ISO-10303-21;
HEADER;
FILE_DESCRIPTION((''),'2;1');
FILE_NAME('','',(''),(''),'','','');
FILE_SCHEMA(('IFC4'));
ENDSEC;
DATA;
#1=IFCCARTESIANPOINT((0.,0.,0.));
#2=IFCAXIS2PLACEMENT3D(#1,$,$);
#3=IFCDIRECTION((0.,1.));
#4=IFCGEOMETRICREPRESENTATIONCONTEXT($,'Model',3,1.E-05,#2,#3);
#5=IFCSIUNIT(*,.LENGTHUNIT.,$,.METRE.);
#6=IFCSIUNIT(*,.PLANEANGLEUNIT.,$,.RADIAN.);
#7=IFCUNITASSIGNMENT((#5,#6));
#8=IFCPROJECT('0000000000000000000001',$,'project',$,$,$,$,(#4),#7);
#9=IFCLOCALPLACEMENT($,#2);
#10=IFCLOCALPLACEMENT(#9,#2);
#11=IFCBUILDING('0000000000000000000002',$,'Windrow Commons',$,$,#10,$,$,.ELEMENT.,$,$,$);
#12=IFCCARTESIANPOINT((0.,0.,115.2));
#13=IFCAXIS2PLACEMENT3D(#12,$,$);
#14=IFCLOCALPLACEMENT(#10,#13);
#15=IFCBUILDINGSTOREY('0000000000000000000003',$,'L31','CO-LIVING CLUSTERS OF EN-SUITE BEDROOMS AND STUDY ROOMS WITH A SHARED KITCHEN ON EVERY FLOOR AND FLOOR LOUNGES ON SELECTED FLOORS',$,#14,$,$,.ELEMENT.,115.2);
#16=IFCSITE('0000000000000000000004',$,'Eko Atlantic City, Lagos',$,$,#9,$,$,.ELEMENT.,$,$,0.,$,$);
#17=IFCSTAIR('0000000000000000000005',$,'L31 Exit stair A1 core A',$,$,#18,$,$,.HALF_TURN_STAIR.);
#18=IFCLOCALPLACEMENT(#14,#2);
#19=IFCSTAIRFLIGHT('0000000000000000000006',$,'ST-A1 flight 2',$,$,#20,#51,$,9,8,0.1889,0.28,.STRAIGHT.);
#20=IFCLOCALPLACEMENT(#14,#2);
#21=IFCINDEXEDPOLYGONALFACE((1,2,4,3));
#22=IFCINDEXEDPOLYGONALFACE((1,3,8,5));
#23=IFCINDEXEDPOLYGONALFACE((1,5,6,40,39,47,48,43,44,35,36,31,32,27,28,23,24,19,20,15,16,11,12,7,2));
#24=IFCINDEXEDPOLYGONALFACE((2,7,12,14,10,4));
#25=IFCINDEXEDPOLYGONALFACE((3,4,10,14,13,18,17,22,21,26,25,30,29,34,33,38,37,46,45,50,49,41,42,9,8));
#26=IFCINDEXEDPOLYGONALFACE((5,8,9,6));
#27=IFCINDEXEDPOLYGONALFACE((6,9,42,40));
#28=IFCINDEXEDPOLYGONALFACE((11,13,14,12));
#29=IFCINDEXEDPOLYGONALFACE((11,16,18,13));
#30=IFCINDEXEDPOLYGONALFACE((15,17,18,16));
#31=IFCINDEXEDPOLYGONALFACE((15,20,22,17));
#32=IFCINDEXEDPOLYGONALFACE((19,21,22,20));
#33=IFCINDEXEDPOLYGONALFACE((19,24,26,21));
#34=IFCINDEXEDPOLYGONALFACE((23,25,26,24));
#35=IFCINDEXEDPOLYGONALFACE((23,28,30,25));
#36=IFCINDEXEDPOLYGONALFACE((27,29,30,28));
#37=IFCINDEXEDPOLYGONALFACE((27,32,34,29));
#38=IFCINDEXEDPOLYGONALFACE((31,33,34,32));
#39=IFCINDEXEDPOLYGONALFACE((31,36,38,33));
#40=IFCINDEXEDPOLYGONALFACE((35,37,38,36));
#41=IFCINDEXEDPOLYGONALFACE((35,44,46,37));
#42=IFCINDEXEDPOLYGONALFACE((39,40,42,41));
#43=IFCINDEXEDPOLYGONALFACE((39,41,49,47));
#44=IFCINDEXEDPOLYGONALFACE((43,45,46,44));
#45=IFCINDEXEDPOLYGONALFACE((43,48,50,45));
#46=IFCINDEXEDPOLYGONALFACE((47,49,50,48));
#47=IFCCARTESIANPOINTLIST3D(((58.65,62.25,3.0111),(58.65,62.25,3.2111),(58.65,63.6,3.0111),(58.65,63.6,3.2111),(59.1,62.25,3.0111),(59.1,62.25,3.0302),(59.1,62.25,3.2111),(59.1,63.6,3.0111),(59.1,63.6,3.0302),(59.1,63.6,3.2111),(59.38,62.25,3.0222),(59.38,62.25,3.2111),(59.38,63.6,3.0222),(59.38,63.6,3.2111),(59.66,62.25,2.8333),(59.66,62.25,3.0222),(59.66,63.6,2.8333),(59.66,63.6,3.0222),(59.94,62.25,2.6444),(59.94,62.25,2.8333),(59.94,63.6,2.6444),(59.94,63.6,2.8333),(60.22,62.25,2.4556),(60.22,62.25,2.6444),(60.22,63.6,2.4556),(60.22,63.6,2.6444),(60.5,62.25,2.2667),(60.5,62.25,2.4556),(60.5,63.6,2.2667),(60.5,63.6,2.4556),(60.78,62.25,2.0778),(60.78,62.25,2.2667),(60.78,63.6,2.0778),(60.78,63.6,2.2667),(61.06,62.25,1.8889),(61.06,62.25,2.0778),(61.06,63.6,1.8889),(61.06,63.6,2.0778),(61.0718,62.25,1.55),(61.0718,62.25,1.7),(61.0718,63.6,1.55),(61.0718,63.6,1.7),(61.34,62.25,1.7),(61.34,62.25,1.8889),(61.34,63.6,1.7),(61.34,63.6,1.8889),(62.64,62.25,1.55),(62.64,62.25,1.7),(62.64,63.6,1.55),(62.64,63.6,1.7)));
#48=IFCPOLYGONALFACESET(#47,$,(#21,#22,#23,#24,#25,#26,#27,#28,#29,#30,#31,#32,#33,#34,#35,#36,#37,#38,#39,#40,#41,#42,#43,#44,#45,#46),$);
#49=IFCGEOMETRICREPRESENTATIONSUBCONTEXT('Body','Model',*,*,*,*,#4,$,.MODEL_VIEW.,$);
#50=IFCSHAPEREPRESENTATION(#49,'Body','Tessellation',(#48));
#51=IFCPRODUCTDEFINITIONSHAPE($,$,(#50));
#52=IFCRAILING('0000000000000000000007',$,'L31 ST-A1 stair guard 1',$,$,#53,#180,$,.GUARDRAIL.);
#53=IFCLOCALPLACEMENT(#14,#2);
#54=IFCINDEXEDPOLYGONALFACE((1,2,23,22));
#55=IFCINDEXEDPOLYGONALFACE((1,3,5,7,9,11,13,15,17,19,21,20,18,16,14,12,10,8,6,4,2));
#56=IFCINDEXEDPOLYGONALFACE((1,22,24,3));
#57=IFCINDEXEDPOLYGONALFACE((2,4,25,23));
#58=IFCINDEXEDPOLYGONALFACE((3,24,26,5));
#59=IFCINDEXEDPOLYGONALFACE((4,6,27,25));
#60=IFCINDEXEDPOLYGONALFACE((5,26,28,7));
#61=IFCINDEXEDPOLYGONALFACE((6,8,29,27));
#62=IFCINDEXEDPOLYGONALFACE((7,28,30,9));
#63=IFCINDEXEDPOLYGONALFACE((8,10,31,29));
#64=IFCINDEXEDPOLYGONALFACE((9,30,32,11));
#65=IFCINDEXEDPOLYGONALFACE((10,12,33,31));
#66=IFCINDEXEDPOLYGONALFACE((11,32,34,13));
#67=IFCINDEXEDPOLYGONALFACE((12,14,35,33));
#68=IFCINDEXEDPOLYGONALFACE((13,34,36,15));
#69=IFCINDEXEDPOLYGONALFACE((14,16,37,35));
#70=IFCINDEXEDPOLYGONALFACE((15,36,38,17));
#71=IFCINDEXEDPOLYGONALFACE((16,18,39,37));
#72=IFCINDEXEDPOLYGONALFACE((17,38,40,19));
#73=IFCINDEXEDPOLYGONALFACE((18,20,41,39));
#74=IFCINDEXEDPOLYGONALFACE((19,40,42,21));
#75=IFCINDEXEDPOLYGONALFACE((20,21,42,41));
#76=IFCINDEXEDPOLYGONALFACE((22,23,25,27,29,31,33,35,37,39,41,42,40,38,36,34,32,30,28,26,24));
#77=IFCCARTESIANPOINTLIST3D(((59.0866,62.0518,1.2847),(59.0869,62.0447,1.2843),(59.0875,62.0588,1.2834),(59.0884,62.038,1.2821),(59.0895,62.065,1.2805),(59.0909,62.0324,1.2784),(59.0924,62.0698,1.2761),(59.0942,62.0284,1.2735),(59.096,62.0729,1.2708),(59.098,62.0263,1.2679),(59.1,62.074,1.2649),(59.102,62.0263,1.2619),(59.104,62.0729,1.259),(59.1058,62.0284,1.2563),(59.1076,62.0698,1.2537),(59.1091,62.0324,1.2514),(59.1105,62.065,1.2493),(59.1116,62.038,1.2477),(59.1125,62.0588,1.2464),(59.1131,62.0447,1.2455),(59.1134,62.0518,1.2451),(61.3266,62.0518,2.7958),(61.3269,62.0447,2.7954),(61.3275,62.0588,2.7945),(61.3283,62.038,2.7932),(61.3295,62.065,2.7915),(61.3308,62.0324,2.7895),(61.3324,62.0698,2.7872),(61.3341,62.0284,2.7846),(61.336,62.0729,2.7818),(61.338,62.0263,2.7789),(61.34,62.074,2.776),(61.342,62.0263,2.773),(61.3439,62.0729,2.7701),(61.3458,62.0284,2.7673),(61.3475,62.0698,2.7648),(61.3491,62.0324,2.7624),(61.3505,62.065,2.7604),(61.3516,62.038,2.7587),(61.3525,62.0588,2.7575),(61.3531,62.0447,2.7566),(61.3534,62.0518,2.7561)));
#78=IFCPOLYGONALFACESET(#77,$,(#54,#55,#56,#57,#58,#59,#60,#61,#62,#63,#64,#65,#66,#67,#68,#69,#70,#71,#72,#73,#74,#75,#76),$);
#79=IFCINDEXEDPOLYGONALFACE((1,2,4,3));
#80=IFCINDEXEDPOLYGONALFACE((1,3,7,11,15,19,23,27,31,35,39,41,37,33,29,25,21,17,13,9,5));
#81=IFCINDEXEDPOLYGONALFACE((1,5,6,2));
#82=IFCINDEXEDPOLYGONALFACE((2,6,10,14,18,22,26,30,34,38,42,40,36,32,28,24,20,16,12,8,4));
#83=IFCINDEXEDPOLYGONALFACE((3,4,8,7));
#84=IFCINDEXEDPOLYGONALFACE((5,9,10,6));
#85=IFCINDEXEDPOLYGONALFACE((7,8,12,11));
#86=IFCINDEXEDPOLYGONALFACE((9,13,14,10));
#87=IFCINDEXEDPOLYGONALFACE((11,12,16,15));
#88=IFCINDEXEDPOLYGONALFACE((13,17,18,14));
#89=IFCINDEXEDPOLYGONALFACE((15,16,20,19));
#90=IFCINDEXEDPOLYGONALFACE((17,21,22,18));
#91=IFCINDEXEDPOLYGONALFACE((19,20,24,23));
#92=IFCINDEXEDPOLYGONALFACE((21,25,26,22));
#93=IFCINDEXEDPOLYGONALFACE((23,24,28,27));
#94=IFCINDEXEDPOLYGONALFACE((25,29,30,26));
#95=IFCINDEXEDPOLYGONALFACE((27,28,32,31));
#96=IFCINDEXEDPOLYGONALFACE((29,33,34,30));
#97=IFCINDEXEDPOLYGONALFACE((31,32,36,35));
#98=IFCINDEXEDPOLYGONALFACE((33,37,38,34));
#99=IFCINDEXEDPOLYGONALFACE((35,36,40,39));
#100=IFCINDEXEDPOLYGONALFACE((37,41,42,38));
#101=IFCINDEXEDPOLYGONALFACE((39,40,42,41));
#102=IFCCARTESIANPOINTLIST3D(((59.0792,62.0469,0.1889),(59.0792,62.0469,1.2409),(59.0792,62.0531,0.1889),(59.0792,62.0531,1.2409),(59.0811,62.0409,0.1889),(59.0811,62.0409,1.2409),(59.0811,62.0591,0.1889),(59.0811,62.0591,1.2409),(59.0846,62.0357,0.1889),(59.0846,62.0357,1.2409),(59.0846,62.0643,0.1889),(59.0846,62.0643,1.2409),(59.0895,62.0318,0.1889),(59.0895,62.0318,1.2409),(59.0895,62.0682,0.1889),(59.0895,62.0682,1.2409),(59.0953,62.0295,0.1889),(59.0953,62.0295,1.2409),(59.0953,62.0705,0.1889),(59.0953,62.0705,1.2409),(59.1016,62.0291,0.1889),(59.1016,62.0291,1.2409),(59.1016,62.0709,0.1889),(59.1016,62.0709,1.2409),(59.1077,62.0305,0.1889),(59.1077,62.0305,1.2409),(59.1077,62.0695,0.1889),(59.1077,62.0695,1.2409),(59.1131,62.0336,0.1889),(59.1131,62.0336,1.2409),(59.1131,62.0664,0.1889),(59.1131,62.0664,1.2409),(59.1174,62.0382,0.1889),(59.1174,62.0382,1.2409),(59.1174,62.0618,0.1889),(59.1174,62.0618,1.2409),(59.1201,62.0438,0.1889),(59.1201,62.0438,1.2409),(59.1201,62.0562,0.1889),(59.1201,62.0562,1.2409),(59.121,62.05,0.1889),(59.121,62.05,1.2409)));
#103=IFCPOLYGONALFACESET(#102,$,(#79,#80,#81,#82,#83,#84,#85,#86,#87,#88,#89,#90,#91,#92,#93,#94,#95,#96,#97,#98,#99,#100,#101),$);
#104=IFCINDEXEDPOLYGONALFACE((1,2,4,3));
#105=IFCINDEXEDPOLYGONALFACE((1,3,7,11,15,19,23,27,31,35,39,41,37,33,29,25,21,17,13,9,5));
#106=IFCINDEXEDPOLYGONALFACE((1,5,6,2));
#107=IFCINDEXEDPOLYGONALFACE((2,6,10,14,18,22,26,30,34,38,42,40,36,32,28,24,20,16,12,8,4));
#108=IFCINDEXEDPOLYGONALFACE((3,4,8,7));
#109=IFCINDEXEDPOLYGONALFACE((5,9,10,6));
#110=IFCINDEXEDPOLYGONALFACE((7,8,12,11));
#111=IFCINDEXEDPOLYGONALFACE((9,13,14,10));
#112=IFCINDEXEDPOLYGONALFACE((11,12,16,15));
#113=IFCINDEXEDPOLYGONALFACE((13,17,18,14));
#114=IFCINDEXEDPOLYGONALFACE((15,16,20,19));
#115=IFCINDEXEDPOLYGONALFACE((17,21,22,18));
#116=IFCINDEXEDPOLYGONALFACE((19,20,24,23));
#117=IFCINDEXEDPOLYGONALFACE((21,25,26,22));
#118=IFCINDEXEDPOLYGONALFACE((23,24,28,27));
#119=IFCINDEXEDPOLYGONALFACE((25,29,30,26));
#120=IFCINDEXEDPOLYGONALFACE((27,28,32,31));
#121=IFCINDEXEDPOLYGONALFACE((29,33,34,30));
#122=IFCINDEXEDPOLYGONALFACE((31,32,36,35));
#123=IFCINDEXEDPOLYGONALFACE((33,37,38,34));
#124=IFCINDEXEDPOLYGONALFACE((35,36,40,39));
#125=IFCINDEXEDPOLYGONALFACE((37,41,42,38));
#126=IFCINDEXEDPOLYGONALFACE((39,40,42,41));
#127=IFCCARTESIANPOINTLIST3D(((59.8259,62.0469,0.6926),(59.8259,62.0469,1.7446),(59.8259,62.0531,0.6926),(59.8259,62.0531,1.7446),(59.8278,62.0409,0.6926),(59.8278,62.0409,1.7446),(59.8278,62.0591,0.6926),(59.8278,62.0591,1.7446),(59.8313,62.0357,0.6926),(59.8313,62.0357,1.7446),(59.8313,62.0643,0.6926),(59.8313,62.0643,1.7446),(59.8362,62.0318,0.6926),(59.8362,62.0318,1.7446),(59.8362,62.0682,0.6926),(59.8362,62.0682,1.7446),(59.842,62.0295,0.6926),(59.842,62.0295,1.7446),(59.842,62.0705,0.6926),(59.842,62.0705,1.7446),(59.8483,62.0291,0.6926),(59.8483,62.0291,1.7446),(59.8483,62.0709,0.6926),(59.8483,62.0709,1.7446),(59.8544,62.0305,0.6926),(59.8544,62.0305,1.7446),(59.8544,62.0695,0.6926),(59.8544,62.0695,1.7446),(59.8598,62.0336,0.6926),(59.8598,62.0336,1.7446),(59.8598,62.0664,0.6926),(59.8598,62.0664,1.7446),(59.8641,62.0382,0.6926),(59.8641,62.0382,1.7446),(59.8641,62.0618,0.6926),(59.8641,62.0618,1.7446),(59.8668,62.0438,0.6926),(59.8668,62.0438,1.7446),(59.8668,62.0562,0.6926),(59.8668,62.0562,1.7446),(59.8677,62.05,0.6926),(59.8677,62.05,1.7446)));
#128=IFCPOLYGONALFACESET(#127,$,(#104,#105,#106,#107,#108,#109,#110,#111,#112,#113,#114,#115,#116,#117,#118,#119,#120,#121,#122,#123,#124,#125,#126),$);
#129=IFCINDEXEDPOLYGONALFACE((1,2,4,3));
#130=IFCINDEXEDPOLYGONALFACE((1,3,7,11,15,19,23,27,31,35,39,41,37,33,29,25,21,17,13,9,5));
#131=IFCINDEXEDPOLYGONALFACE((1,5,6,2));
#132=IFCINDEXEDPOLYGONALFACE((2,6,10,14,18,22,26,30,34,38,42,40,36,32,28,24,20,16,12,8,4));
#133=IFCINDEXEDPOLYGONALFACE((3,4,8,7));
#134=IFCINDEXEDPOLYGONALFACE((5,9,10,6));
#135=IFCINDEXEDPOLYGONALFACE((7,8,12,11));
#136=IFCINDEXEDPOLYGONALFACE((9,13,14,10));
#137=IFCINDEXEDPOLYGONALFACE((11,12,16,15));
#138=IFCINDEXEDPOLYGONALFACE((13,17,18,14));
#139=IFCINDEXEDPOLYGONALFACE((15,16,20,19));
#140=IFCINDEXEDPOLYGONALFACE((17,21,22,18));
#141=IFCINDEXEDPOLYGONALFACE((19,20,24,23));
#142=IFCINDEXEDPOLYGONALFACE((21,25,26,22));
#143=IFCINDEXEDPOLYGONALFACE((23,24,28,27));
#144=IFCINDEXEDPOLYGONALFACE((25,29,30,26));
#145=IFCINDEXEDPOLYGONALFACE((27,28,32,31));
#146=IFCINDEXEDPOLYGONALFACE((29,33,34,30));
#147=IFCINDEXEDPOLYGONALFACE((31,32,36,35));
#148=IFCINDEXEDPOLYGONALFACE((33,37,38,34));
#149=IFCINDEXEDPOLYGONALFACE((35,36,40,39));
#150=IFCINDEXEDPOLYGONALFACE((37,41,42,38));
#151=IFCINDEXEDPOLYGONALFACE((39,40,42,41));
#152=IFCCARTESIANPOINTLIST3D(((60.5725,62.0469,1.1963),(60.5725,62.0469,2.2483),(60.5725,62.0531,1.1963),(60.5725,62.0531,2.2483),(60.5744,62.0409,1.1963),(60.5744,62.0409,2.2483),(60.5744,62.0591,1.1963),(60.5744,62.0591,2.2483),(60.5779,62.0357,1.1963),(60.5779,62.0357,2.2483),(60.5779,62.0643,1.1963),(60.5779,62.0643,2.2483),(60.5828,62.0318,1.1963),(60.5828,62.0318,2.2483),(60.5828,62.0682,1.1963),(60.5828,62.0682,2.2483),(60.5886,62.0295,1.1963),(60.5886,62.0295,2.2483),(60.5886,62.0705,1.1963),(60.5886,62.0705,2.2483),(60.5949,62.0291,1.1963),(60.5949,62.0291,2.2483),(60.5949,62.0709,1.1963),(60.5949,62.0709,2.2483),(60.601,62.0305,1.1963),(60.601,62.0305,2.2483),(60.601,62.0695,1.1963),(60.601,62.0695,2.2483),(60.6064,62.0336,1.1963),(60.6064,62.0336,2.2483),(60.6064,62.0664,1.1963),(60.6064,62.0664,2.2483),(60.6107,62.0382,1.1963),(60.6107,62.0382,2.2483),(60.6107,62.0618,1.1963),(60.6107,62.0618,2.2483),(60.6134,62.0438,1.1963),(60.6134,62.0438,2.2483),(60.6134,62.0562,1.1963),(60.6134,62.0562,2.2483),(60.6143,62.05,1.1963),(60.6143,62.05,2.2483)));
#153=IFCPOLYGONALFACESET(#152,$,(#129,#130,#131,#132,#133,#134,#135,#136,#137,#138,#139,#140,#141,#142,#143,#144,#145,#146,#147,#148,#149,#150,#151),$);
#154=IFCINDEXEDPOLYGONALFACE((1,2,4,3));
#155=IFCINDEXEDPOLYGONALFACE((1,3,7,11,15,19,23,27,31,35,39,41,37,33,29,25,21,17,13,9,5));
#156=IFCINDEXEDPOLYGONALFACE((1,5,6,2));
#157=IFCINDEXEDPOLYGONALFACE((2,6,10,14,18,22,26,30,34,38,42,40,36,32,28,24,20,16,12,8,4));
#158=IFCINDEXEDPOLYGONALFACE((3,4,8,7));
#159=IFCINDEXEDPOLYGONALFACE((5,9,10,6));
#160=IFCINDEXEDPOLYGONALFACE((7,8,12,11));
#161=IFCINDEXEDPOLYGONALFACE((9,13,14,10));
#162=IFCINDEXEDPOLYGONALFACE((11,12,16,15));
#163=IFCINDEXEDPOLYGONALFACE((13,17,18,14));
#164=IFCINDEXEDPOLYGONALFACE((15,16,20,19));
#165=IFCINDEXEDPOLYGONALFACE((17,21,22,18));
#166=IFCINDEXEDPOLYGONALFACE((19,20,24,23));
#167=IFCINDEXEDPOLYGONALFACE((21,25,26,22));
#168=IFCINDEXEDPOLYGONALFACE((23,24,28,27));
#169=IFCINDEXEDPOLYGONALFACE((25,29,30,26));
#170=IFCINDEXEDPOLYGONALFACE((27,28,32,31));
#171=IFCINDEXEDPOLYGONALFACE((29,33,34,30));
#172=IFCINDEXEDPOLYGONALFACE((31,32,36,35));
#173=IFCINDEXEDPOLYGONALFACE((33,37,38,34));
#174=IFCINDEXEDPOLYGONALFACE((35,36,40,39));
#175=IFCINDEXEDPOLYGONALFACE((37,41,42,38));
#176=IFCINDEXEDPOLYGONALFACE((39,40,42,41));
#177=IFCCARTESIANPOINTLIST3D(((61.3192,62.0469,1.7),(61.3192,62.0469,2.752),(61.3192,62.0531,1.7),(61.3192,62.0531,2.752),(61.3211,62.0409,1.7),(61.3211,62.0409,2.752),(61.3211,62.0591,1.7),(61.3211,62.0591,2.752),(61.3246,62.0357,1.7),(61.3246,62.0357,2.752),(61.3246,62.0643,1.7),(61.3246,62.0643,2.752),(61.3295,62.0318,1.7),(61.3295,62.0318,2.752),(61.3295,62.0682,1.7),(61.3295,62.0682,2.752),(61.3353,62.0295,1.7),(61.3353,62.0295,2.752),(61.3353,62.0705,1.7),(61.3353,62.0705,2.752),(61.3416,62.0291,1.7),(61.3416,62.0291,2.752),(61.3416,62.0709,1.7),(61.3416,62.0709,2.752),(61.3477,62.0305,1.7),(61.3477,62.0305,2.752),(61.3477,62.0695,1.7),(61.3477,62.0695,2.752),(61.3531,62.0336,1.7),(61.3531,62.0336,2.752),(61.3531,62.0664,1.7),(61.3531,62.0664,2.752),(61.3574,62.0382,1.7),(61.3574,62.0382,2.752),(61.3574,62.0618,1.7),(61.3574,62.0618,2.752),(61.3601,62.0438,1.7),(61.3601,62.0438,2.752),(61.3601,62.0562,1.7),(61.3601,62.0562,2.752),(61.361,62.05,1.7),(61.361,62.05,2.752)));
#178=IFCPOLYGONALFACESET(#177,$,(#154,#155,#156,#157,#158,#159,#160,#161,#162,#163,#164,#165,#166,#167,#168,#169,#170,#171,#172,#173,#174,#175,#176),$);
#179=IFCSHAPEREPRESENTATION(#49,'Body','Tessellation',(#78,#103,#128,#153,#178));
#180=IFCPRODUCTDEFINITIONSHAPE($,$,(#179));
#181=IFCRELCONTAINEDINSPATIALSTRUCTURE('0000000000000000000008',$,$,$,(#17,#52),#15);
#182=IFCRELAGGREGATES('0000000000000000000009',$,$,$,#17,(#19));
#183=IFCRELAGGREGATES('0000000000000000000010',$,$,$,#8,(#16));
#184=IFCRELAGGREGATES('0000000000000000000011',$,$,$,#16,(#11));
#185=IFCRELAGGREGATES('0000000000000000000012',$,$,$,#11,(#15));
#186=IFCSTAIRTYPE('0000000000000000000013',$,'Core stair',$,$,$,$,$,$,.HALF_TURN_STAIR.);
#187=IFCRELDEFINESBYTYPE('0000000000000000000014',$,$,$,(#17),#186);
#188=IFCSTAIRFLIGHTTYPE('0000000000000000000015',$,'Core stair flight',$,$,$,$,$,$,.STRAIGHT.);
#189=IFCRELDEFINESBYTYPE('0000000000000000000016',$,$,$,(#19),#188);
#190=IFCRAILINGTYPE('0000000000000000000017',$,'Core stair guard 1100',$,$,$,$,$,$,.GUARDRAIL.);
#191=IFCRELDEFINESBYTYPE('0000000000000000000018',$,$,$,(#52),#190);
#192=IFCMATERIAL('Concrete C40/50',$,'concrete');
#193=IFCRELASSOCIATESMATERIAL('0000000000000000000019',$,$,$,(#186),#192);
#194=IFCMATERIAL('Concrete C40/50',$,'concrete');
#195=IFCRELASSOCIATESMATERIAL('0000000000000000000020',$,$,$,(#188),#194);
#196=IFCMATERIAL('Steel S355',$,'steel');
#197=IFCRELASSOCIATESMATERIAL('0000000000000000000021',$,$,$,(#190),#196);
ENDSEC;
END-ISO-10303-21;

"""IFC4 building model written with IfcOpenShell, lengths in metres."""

from ifc_helpers import new_model, si_unit, direction, frame, origin, origin_2d, place, context, subcontext, project, spatial, polyline, circle, outline, extrude, material, type_object, element, aggregate, save


model = new_model("IFC4")

# Units and contexts
model_context = context("Model", 3, precision=1e-05, world=origin(), true_north=direction((0.0, 1.0)))
body_context = subcontext(model_context, "Body", "Model", "MODEL_VIEW")
ifc_project = project(units=[si_unit("LENGTHUNIT", "METRE"), si_unit("PLANEANGLEUNIT", "RADIAN")], contexts=[model_context])

# Site, building, storey
site_placement = place(None, origin())
site = spatial("IfcSite", under=ifc_project, at=site_placement, Name="Eko Atlantic City, Lagos", CompositionType="ELEMENT", RefElevation=0.0)
building_placement = place(site_placement, origin())
building = spatial("IfcBuilding", under=site, at=building_placement, Name="Windrow Commons", CompositionType="ELEMENT")
storey_placement = place(building_placement, frame((0.0, 0.0, 115.2)))
storey = spatial("IfcBuildingStorey", under=building, at=storey_placement, Name="L31", Description="CO-LIVING CLUSTERS OF EN-SUITE BEDROOMS AND STUDY ROOMS WITH A SHARED KITCHEN ON EVERY FLOOR AND FLOOR LOUNGES ON SELECTED FLOORS", CompositionType="ELEMENT", Elevation=115.2)

# Stair, stair flight
ifc_material_1 = material(Name="Concrete C40/50", Category="concrete")
stair_type = type_object("IfcStairType", Name="Core stair", PredefinedType="HALF_TURN_STAIR", material=ifc_material_1)
stair_placement = place(storey_placement, origin())
stair = element("IfcStair", 1, at=stair_placement, inside=storey, type_object=stair_type, Name="L31 Exit stair A1 core A", PredefinedType="HALF_TURN_STAIR")
ifc_material_2 = material(Name="Concrete C40/50", Category="concrete")
stair_flight_type = type_object("IfcStairFlightType", Name="Core stair flight", PredefinedType="STRAIGHT", material=ifc_material_2)
stair_flight_1_placement = place(storey_placement, frame((61.34, 62.925, 1.7), z_axis=(0.0, 0.0, 1.0), x_axis=(-1.0, 0.0, 0.0)))
stair_flight_1 = element("IfcStairFlight", 2, at=stair_flight_1_placement, type_object=stair_flight_type, Name="ST-A1 flight 2", NumberOfRisers=9, NumberOfTreads=8, PredefinedType="STRAIGHT", RiserHeight=0.1889, TreadLength=0.28, context=body_context, shape_type="SweptSolid", body=[
    extrude(outline(polyline([(-1.3, -0.15), (-1.3, 0.0), (0.0, 0.0), (0.0, 0.1889), (0.28, 0.1889), (0.28, 0.3778), (0.56, 0.3778), (0.56, 0.5667), (0.84, 0.5667), (0.84, 0.7556), (1.12, 0.7556), (1.12, 0.9444), (1.4, 0.9444), (1.4, 1.1333), (1.68, 1.1333), (1.68, 1.3222), (1.96, 1.3222), (1.96, 1.5111), (2.24, 1.5111), (2.69, 1.5111), (2.69, 1.3111), (2.24, 1.3111), (2.24, 1.3302), (0.2682, 0.0), (0.2682, -0.15), (-1.3, -0.15)])), frame((0.0, 0.675, 0.0), z_axis=(0.0, -1.0, 0.0), x_axis=(1.0, 0.0, 0.0)), (0.0, 0.0, 1.0), 1.35),
])
aggregate(stair, [stair_flight_1])

# Railing
ifc_material_3 = material(Name="Steel S355", Category="steel")
railing_type_1 = type_object("IfcRailingType", Name="Core stair guard 1100", PredefinedType="GUARDRAIL", material=ifc_material_3)
railing_1_placement = place(storey_placement, frame((59.1, 62.05, 0.1889)))
element("IfcRailing", 3, at=railing_1_placement, inside=storey, type_object=railing_type_1, Name="L31 ST-A1 stair guard 1", PredefinedType="GUARDRAIL", context=body_context, shape_type="SweptSolid", body=[
    extrude(circle(Radius=0.024, at=origin_2d()), frame((0.0, 0.0, 1.076), z_axis=(0.829003, 0.0, 0.559244), x_axis=(0.0, 1.0, 0.0)), (0.0, 0.0, 1.0), 2.702),
    extrude(circle(Radius=0.021, at=origin_2d()), origin(), (0.0, 0.0, 1.0), 1.052),
    extrude(circle(Radius=0.021, at=origin_2d()), frame((0.7467, 0.0, 0.5037)), (0.0, 0.0, 1.0), 1.052),
    extrude(circle(Radius=0.021, at=origin_2d()), frame((1.4933, 0.0, 1.0074)), (0.0, 0.0, 1.0), 1.052),
    extrude(circle(Radius=0.021, at=origin_2d()), frame((2.24, 0.0, 1.5111)), (0.0, 0.0, 1.0), 1.052),
])

save(model, "model.ifc")
